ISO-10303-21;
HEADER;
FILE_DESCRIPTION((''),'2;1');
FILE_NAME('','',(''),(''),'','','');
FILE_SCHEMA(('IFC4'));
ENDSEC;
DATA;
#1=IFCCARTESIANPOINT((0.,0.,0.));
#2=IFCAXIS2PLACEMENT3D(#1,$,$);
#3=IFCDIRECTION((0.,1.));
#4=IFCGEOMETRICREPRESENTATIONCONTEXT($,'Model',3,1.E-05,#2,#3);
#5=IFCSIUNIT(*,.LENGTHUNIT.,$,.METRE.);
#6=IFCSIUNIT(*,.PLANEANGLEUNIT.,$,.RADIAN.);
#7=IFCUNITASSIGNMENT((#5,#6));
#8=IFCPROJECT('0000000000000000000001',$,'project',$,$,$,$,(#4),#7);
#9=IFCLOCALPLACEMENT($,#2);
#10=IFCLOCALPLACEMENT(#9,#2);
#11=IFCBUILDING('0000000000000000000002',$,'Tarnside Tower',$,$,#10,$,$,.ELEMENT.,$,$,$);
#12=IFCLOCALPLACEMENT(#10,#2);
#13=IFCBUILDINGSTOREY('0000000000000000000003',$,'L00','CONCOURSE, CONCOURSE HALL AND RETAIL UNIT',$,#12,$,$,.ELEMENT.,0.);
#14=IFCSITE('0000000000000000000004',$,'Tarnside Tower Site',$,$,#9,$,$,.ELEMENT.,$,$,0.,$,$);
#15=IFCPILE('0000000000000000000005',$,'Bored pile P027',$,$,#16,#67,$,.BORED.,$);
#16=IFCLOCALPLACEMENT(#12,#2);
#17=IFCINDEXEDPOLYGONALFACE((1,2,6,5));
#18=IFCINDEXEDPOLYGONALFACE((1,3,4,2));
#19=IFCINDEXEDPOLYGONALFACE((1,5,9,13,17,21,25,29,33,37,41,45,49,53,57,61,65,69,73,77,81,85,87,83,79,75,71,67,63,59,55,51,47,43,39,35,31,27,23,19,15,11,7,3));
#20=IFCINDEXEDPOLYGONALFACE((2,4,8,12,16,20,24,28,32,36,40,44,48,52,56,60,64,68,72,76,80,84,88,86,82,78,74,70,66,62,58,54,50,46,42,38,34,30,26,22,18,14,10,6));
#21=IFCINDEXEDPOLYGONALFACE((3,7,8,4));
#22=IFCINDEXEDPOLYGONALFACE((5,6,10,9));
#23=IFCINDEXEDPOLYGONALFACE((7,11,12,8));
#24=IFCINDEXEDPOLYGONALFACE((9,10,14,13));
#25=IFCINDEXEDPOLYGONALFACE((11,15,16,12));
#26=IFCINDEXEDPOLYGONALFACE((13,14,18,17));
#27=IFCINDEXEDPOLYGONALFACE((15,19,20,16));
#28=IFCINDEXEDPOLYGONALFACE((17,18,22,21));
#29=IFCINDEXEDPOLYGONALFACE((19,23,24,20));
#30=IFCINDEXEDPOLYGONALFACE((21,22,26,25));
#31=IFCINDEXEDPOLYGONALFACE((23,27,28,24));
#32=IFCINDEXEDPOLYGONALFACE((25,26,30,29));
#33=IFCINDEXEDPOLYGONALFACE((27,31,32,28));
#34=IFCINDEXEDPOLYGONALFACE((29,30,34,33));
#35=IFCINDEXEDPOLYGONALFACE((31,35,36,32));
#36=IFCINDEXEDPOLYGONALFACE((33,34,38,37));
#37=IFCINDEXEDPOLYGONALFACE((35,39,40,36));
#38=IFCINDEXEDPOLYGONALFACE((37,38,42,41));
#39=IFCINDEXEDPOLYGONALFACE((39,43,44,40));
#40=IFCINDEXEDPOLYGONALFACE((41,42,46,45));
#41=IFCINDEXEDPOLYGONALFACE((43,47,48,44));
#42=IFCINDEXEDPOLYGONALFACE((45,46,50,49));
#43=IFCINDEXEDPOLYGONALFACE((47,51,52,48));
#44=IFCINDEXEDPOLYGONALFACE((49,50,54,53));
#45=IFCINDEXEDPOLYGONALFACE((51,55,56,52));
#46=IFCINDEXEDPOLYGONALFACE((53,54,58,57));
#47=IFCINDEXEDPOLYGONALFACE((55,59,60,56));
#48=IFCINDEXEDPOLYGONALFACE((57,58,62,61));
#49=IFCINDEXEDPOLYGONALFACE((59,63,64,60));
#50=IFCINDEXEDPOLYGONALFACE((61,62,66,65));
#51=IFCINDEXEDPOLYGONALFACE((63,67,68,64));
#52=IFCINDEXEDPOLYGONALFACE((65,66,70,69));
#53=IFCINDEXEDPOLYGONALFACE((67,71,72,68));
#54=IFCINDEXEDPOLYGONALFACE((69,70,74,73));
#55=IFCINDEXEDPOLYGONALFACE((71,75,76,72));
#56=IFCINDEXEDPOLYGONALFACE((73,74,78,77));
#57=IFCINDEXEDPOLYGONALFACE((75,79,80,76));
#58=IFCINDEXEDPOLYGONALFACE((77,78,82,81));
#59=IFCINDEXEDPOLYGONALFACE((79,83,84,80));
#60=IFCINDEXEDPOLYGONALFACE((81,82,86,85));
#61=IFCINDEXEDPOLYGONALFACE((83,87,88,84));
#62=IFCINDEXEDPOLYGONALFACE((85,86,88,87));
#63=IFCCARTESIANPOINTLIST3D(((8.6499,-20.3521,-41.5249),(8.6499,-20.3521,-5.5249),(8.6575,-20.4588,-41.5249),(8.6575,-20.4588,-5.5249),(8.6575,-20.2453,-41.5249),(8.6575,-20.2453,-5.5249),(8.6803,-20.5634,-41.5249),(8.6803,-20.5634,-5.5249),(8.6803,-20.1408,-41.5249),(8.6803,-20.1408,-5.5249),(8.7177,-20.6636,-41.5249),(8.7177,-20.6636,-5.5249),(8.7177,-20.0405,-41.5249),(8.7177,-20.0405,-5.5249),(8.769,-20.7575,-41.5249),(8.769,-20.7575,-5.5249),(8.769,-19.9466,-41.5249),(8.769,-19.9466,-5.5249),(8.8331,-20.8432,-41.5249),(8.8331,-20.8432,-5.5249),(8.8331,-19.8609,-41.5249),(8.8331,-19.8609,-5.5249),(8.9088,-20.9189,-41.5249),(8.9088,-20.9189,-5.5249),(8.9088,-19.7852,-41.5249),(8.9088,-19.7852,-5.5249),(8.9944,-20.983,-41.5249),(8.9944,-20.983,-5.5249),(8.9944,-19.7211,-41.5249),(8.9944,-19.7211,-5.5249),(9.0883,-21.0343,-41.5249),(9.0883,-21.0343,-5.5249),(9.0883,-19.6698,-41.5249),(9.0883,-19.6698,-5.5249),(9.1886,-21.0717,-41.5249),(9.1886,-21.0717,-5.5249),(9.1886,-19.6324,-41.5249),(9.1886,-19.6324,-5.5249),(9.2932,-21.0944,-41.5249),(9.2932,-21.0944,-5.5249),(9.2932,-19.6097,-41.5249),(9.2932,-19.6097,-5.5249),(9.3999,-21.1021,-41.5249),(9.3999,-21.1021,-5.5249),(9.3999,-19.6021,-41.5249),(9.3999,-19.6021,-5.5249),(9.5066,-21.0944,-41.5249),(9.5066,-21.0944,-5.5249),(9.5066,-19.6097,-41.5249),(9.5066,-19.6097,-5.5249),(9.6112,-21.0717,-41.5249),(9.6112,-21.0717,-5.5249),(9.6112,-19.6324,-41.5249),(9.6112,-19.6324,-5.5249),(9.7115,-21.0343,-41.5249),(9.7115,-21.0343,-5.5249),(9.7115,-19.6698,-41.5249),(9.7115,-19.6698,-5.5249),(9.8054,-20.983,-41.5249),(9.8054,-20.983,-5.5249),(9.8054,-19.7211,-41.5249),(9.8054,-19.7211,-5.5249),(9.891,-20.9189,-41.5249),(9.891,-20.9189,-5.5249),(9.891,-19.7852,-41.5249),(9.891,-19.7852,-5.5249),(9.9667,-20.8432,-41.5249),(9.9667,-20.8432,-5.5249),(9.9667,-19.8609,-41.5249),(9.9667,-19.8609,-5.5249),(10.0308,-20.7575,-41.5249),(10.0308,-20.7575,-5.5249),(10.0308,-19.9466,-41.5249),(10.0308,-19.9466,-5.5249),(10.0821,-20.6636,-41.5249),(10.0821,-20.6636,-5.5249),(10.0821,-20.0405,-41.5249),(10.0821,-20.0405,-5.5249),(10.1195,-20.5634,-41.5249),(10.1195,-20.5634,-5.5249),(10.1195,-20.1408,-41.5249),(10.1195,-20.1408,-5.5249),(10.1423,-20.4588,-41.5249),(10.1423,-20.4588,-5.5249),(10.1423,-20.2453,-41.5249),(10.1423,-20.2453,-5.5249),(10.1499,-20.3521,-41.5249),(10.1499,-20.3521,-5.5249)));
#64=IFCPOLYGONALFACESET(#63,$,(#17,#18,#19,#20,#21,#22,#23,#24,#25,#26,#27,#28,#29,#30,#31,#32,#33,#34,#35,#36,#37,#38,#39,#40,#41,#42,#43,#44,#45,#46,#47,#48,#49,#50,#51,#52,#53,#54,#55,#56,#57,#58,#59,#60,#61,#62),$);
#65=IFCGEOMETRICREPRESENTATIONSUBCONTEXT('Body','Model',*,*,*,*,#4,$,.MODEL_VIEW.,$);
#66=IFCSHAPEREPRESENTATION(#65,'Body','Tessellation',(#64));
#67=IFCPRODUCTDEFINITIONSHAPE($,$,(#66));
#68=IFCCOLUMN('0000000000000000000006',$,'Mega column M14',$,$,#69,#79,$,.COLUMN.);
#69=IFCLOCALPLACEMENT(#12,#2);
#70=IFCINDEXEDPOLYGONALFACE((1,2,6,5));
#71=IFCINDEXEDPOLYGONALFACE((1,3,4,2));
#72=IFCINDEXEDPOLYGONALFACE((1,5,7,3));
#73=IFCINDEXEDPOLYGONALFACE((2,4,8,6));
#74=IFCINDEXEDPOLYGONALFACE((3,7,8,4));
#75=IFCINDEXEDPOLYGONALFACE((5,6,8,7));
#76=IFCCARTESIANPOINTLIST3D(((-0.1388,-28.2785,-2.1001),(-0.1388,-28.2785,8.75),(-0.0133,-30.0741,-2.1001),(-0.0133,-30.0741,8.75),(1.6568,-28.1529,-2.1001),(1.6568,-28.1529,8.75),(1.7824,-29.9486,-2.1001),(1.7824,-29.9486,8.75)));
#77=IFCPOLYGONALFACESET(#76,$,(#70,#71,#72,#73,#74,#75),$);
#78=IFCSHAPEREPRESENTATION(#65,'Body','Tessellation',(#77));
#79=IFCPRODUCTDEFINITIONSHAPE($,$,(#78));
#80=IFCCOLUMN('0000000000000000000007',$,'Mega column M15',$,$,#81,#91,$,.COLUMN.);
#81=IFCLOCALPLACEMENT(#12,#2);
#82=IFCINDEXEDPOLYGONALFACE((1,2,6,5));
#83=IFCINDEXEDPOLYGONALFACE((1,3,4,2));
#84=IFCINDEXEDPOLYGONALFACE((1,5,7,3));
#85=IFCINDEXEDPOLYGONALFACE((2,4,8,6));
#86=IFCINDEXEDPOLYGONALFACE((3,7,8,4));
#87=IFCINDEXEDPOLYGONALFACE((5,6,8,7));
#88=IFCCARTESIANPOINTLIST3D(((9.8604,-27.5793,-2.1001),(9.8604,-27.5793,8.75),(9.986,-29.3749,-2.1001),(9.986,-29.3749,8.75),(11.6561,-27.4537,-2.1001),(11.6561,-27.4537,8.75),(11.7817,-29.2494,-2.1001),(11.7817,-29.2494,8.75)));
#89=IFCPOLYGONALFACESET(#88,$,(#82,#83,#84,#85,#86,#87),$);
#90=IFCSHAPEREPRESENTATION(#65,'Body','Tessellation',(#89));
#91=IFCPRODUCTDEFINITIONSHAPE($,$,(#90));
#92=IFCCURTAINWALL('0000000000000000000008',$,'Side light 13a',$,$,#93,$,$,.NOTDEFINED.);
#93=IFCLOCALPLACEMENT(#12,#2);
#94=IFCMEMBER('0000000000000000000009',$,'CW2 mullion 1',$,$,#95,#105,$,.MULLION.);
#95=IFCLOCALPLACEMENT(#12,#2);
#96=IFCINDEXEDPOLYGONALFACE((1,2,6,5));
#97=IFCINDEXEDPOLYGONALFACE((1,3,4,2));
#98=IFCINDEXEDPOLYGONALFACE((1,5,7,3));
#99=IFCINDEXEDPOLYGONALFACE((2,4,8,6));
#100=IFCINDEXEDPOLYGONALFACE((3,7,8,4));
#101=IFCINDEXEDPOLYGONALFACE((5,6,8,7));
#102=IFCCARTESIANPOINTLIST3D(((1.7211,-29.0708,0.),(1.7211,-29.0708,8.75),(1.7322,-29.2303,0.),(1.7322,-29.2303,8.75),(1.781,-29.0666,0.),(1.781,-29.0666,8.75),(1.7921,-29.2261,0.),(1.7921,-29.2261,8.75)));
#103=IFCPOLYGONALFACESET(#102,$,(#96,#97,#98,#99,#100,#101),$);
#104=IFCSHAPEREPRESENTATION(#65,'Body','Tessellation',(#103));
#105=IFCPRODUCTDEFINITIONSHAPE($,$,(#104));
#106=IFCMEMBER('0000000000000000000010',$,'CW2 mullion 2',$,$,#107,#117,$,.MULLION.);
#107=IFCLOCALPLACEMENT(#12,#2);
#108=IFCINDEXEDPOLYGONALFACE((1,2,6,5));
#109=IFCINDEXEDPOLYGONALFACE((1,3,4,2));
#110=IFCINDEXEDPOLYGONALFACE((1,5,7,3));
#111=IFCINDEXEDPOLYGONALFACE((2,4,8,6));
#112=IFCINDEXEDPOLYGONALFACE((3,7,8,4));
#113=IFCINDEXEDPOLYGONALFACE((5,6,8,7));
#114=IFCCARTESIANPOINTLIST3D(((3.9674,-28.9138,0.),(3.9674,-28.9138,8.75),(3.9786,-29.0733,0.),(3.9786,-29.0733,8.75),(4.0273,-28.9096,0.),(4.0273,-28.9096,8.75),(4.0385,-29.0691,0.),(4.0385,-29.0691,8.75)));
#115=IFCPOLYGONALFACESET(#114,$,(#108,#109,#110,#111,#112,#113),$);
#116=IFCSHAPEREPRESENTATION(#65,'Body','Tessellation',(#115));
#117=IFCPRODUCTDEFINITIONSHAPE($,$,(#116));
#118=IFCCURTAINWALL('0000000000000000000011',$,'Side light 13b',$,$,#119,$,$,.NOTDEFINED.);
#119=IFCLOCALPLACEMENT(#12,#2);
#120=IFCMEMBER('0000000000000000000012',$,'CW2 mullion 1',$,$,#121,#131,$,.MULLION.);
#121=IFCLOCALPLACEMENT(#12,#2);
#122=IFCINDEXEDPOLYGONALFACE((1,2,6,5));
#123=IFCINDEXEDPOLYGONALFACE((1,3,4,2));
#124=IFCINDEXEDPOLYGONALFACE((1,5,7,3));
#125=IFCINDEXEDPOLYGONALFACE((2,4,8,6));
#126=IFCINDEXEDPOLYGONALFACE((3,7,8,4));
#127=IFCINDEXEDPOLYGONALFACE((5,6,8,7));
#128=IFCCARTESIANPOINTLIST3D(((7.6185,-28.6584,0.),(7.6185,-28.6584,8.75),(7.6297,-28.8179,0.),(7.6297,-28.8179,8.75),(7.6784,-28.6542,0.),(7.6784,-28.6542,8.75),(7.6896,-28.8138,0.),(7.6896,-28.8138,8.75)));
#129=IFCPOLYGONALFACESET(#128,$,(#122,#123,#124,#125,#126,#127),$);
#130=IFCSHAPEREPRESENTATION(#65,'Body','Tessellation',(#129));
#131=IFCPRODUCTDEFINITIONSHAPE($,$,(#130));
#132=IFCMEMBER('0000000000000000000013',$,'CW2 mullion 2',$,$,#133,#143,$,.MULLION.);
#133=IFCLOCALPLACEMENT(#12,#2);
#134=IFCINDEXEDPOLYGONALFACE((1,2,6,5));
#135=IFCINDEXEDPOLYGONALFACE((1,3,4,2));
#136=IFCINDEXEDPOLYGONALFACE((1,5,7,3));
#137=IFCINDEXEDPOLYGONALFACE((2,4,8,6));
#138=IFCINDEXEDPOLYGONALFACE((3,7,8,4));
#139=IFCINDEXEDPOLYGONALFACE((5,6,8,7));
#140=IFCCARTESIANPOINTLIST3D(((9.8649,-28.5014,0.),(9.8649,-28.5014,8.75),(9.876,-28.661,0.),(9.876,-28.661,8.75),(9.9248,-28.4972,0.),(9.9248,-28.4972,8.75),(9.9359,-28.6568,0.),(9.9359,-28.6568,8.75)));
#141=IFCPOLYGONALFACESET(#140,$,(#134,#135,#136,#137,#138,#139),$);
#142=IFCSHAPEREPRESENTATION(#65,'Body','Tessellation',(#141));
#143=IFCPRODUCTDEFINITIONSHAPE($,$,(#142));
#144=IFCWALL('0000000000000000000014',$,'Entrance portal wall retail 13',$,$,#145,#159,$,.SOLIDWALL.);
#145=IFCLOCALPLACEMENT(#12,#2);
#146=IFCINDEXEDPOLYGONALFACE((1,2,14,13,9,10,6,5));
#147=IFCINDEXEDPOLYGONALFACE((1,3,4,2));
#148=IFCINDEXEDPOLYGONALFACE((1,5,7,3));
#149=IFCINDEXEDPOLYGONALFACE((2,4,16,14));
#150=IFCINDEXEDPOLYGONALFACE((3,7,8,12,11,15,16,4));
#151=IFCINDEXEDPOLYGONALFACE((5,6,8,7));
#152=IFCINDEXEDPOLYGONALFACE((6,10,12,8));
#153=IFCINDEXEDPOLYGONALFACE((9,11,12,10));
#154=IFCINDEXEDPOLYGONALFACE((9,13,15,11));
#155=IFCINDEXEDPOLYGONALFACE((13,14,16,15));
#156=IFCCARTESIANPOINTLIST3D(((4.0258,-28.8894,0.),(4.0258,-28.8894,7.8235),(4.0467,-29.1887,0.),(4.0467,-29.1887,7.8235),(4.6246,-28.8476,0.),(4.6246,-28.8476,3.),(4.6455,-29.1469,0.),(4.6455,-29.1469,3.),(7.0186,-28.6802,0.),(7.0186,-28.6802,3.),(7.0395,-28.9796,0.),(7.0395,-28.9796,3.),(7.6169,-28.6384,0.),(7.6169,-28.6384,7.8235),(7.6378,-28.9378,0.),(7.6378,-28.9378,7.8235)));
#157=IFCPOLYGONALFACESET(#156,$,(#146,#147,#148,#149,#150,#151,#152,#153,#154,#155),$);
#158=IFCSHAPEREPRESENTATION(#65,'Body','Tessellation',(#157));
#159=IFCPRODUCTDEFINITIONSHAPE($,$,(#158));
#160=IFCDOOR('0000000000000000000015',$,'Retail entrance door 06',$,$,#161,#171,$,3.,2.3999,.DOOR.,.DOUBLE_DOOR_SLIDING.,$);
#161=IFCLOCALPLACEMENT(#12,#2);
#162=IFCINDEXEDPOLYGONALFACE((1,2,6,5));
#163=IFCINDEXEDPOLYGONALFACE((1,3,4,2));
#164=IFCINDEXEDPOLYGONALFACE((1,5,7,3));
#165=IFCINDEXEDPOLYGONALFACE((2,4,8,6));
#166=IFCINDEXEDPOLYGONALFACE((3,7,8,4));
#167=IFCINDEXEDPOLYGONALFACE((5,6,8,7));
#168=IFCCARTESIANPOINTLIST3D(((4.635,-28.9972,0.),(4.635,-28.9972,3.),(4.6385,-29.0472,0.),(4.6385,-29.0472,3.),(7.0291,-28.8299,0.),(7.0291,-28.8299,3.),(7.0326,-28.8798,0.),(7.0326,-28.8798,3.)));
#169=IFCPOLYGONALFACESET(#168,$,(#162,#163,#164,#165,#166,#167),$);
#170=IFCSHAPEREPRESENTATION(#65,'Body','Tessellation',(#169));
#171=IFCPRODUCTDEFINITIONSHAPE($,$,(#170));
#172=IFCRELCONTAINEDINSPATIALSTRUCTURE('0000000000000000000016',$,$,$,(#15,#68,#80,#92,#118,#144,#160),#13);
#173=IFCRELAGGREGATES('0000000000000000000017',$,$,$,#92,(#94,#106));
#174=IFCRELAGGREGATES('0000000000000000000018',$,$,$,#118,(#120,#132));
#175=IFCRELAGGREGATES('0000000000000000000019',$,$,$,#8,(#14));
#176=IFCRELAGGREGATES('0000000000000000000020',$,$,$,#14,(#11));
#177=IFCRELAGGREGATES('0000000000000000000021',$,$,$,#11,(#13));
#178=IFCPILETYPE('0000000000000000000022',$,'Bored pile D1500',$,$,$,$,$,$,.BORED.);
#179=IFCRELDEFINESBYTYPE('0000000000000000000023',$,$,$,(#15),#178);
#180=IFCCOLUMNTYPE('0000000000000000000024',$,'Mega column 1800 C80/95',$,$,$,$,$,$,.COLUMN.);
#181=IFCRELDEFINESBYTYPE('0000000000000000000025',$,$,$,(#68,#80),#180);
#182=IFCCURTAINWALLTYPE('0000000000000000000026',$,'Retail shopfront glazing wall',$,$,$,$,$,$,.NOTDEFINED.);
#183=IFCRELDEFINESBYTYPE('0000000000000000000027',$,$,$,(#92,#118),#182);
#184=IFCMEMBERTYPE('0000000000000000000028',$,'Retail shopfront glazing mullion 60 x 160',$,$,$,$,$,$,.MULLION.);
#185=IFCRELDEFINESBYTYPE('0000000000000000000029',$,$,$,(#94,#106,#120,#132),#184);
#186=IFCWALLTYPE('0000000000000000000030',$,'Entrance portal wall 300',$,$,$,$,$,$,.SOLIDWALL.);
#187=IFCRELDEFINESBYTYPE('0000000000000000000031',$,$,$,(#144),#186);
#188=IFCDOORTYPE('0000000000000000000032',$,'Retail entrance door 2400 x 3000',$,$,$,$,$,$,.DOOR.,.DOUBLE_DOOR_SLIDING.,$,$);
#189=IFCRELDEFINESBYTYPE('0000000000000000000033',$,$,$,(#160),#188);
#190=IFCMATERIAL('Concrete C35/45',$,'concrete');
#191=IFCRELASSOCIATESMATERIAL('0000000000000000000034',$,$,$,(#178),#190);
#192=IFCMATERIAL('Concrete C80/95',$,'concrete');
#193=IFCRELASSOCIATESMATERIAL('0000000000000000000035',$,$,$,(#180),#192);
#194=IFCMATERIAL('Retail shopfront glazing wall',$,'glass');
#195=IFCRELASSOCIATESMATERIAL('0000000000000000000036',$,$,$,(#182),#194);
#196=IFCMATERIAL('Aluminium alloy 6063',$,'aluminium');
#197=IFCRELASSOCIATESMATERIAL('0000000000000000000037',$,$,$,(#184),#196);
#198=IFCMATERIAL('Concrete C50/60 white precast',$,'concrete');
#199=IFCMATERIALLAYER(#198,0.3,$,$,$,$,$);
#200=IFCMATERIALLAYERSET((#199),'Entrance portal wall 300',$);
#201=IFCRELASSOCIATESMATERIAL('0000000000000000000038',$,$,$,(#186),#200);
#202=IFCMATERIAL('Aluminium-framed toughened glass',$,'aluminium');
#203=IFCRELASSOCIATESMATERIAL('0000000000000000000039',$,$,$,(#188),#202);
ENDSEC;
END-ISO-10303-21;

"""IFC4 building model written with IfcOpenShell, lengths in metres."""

from ifc_helpers import new_model, si_unit, direction, frame, frame_2d, origin, origin_2d, place, context, subcontext, project, spatial, rectangle, circle, extrude, material, layer, layer_set, material_profile, profile_set, type_object, element, fill, aggregate, save


model = new_model("IFC4")

# Units and contexts
model_context = context("Model", 3, precision=1e-05, world=origin(), true_north=direction((0.0, 1.0)))
body_context = subcontext(model_context, "Body", "Model", "MODEL_VIEW")
ifc_project = project(units=[si_unit("LENGTHUNIT", "METRE"), si_unit("PLANEANGLEUNIT", "RADIAN")], contexts=[model_context])

# Site, building, storey
site_placement = place(None, origin())
site = spatial("IfcSite", under=ifc_project, at=site_placement, Name="Tarnside Tower Site", CompositionType="ELEMENT", RefElevation=0.0)
building_placement = place(site_placement, origin())
building = spatial("IfcBuilding", under=site, at=building_placement, Name="Tarnside Tower", CompositionType="ELEMENT")
storey_placement = place(building_placement, origin())
storey = spatial("IfcBuildingStorey", under=building, at=storey_placement, Name="L00", Description="CONCOURSE, CONCOURSE HALL AND RETAIL UNIT", CompositionType="ELEMENT", Elevation=0.0)

# Pile
ifc_material_1 = material(Name="Concrete C35/45", Category="concrete")
ifc_material_profile_1 = material_profile(ifc_material_1, circle(Radius=0.75, at=origin_2d()), Name="Bored pile D1500")
ifc_profile_set_1 = profile_set([ifc_material_profile_1], Name="Concrete C35/45")
pile_type = type_object("IfcPileType", Name="Bored pile D1500", PredefinedType="BORED", material=ifc_profile_set_1)
for number, where, z_axis, x_axis, name in (
    (1, (9.3999, -20.3521, -5.5249), (0.0, 0.0, -1.0), (1.0, 0.0, 0.0), "Bored pile P027"),
):
    element("IfcPile", number, at=place(storey_placement, frame(where, z_axis=z_axis, x_axis=x_axis)), inside=storey, type_object=pile_type, Name=name, PredefinedType="BORED", context=body_context, shape_type="SweptSolid", body=[
        extrude(circle(Radius=0.75, at=origin_2d()), origin(), (0.0, 0.0, 1.0), 36.0),
    ])

# Columns
ifc_material_2 = material(Name="Concrete C80/95", Category="concrete")
ifc_material_profile_2 = material_profile(ifc_material_2, rectangle(XDim=1.8, YDim=1.8, at=origin_2d()), Name="Mega column 1800x1800")
ifc_profile_set_2 = profile_set([ifc_material_profile_2], Name="Concrete C80/95")
column_type = type_object("IfcColumnType", Name="Mega column 1800 C80/95", PredefinedType="COLUMN", material=ifc_profile_set_2)
for number, where, z_axis, x_axis, name in (
    (2, (0.8218, -29.1135, -2.1001), (0.0, 0.0, 1.0), (-0.997564, -0.069756, 0.0), "Mega column M14"),
    (3, (10.821, -28.4143, -2.1001), (0.0, 0.0, 1.0), (-0.997564, -0.069756, 0.0), "Mega column M15"),
):
    element("IfcColumn", number, at=place(storey_placement, frame(where, z_axis=z_axis, x_axis=x_axis)), inside=storey, type_object=column_type, Name=name, PredefinedType="COLUMN", context=body_context, shape_type="SweptSolid", body=[
        extrude(rectangle(XDim=1.8, YDim=1.8, at=origin_2d()), origin(), (0.0, 0.0, 1.0), 10.8501),
    ])

# Curtain walls, members
ifc_material_3 = material(Name="Retail shopfront glazing wall", Category="glass")
curtain_wall_type = type_object("IfcCurtainWallType", Name="Retail shopfront glazing wall", PredefinedType="NOTDEFINED", material=ifc_material_3)
curtain_wall_1_placement = place(storey_placement, origin())
curtain_wall_1 = element("IfcCurtainWall", 4, at=curtain_wall_1_placement, inside=storey, type_object=curtain_wall_type, Name="Side light 13a", PredefinedType="NOTDEFINED")
ifc_material_4 = material(Name="Aluminium alloy 6063", Category="aluminium")
ifc_material_profile_3 = material_profile(ifc_material_4, rectangle(XDim=0.1599, YDim=0.0601, at=origin_2d()), Name="Retail shopfront glazing mullion 60 x 160")
ifc_profile_set_3 = profile_set([ifc_material_profile_3], Name="Aluminium alloy 6063")
member_type = type_object("IfcMemberType", Name="Retail shopfront glazing mullion 60 x 160", PredefinedType="MULLION", material=ifc_profile_set_3)
member_1_placement = place(storey_placement, frame((1.7566, -29.1484, 0.0), z_axis=(0.0, 0.0, 1.0), x_axis=(-0.069756, 0.997564, 0.0)))
member_1 = element("IfcMember", 5, at=member_1_placement, type_object=member_type, Name="CW2 mullion 1", PredefinedType="MULLION", context=body_context, shape_type="SweptSolid", body=[
    extrude(rectangle(XDim=0.1599, YDim=0.0601, at=origin_2d()), origin(), (0.0, 0.0, 1.0), 8.75),
])
member_2_placement = place(storey_placement, frame((4.0029, -28.9915, 0.0), z_axis=(0.0, 0.0, 1.0), x_axis=(-0.069756, 0.997564, 0.0)))
member_2 = element("IfcMember", 6, at=member_2_placement, type_object=member_type, Name="CW2 mullion 2", PredefinedType="MULLION", context=body_context, shape_type="SweptSolid", body=[
    extrude(rectangle(XDim=0.1599, YDim=0.0601, at=origin_2d()), origin(), (0.0, 0.0, 1.0), 8.75),
])
aggregate(curtain_wall_1, [member_1, member_2])
curtain_wall_2_placement = place(storey_placement, origin())
curtain_wall_2 = element("IfcCurtainWall", 7, at=curtain_wall_2_placement, inside=storey, type_object=curtain_wall_type, Name="Side light 13b", PredefinedType="NOTDEFINED")
member_3_placement = place(storey_placement, frame((7.6541, -28.7361, 0.0), z_axis=(0.0, 0.0, 1.0), x_axis=(-0.069756, 0.997564, 0.0)))
member_3 = element("IfcMember", 8, at=member_3_placement, type_object=member_type, Name="CW2 mullion 1", PredefinedType="MULLION", context=body_context, shape_type="SweptSolid", body=[
    extrude(rectangle(XDim=0.1599, YDim=0.0601, at=origin_2d()), origin(), (0.0, 0.0, 1.0), 8.75),
])
member_4_placement = place(storey_placement, frame((9.9004, -28.5791, 0.0), z_axis=(0.0, 0.0, 1.0), x_axis=(-0.069756, 0.997564, 0.0)))
member_4 = element("IfcMember", 9, at=member_4_placement, type_object=member_type, Name="CW2 mullion 2", PredefinedType="MULLION", context=body_context, shape_type="SweptSolid", body=[
    extrude(rectangle(XDim=0.1599, YDim=0.0601, at=origin_2d()), origin(), (0.0, 0.0, 1.0), 8.75),
])
aggregate(curtain_wall_2, [member_3, member_4])

# Wall, opening, door
ifc_material_5 = material(Name="Concrete C50/60 white precast", Category="concrete")
ifc_layer_1 = layer(ifc_material_5, 0.3)
ifc_layer_set_1 = layer_set([ifc_layer_1], Name="Entrance portal wall 300")
wall_type_1 = type_object("IfcWallType", Name="Entrance portal wall 300", PredefinedType="SOLIDWALL", material=ifc_layer_set_1)
wall_1_placement = place(storey_placement, frame((4.0364, -29.0391, 0.0), z_axis=(0.0, 0.0, 1.0), x_axis=(0.997567, 0.069719, 0.0)))
wall_1 = element("IfcWall", 10, at=wall_1_placement, inside=storey, type_object=wall_type_1, Name="Entrance portal wall retail 13", PredefinedType="SOLIDWALL", context=body_context, shape_type="SweptSolid", body=[
    extrude(rectangle(XDim=3.5999, YDim=0.3, at=frame_2d((1.7998, 0.0))), origin(), (0.0, 0.0, 1.0), 7.8235),
])
opening_1_placement = place(wall_1_placement, frame((0.6001, 0.0, 0.0)))
opening_1 = element("IfcOpeningElement", 11, at=opening_1_placement, cuts=wall_1, PredefinedType="OPENING", context=body_context, shape_type="SweptSolid", body=[
    extrude(rectangle(XDim=2.3999, YDim=3.0, at=frame_2d((1.2, 1.5))), frame((0.0, 0.1602, 0.0), z_axis=(0.0, -1.0, 0.0), x_axis=(1.0, 0.0, 0.0)), (0.0, 0.0, 1.0), 0.3201),
])
ifc_material_6 = material(Name="Aluminium-framed toughened glass", Category="aluminium")
door_type_1 = type_object("IfcDoorType", Name="Retail entrance door 2400 x 3000", OperationType="DOUBLE_DOOR_SLIDING", PredefinedType="DOOR", material=ifc_material_6)
door_1_placement = place(opening_1_placement, frame((0.0, -0.0249, 0.0)))
door_1 = element("IfcDoor", 12, at=door_1_placement, inside=storey, type_object=door_type_1, Name="Retail entrance door 06", OperationType="DOUBLE_DOOR_SLIDING", OverallHeight=3.0, OverallWidth=2.3999, PredefinedType="DOOR", context=body_context, shape_type="SweptSolid", body=[
    extrude(rectangle(XDim=2.3999, YDim=3.0, at=frame_2d((1.2, 1.5))), frame((0.0, 0.0249, 0.0), z_axis=(0.0, -1.0, 0.0), x_axis=(1.0, 0.0, 0.0)), (0.0, 0.0, 1.0), 0.05),
])
fill(opening_1, door_1)

save(model, "model.ifc")
